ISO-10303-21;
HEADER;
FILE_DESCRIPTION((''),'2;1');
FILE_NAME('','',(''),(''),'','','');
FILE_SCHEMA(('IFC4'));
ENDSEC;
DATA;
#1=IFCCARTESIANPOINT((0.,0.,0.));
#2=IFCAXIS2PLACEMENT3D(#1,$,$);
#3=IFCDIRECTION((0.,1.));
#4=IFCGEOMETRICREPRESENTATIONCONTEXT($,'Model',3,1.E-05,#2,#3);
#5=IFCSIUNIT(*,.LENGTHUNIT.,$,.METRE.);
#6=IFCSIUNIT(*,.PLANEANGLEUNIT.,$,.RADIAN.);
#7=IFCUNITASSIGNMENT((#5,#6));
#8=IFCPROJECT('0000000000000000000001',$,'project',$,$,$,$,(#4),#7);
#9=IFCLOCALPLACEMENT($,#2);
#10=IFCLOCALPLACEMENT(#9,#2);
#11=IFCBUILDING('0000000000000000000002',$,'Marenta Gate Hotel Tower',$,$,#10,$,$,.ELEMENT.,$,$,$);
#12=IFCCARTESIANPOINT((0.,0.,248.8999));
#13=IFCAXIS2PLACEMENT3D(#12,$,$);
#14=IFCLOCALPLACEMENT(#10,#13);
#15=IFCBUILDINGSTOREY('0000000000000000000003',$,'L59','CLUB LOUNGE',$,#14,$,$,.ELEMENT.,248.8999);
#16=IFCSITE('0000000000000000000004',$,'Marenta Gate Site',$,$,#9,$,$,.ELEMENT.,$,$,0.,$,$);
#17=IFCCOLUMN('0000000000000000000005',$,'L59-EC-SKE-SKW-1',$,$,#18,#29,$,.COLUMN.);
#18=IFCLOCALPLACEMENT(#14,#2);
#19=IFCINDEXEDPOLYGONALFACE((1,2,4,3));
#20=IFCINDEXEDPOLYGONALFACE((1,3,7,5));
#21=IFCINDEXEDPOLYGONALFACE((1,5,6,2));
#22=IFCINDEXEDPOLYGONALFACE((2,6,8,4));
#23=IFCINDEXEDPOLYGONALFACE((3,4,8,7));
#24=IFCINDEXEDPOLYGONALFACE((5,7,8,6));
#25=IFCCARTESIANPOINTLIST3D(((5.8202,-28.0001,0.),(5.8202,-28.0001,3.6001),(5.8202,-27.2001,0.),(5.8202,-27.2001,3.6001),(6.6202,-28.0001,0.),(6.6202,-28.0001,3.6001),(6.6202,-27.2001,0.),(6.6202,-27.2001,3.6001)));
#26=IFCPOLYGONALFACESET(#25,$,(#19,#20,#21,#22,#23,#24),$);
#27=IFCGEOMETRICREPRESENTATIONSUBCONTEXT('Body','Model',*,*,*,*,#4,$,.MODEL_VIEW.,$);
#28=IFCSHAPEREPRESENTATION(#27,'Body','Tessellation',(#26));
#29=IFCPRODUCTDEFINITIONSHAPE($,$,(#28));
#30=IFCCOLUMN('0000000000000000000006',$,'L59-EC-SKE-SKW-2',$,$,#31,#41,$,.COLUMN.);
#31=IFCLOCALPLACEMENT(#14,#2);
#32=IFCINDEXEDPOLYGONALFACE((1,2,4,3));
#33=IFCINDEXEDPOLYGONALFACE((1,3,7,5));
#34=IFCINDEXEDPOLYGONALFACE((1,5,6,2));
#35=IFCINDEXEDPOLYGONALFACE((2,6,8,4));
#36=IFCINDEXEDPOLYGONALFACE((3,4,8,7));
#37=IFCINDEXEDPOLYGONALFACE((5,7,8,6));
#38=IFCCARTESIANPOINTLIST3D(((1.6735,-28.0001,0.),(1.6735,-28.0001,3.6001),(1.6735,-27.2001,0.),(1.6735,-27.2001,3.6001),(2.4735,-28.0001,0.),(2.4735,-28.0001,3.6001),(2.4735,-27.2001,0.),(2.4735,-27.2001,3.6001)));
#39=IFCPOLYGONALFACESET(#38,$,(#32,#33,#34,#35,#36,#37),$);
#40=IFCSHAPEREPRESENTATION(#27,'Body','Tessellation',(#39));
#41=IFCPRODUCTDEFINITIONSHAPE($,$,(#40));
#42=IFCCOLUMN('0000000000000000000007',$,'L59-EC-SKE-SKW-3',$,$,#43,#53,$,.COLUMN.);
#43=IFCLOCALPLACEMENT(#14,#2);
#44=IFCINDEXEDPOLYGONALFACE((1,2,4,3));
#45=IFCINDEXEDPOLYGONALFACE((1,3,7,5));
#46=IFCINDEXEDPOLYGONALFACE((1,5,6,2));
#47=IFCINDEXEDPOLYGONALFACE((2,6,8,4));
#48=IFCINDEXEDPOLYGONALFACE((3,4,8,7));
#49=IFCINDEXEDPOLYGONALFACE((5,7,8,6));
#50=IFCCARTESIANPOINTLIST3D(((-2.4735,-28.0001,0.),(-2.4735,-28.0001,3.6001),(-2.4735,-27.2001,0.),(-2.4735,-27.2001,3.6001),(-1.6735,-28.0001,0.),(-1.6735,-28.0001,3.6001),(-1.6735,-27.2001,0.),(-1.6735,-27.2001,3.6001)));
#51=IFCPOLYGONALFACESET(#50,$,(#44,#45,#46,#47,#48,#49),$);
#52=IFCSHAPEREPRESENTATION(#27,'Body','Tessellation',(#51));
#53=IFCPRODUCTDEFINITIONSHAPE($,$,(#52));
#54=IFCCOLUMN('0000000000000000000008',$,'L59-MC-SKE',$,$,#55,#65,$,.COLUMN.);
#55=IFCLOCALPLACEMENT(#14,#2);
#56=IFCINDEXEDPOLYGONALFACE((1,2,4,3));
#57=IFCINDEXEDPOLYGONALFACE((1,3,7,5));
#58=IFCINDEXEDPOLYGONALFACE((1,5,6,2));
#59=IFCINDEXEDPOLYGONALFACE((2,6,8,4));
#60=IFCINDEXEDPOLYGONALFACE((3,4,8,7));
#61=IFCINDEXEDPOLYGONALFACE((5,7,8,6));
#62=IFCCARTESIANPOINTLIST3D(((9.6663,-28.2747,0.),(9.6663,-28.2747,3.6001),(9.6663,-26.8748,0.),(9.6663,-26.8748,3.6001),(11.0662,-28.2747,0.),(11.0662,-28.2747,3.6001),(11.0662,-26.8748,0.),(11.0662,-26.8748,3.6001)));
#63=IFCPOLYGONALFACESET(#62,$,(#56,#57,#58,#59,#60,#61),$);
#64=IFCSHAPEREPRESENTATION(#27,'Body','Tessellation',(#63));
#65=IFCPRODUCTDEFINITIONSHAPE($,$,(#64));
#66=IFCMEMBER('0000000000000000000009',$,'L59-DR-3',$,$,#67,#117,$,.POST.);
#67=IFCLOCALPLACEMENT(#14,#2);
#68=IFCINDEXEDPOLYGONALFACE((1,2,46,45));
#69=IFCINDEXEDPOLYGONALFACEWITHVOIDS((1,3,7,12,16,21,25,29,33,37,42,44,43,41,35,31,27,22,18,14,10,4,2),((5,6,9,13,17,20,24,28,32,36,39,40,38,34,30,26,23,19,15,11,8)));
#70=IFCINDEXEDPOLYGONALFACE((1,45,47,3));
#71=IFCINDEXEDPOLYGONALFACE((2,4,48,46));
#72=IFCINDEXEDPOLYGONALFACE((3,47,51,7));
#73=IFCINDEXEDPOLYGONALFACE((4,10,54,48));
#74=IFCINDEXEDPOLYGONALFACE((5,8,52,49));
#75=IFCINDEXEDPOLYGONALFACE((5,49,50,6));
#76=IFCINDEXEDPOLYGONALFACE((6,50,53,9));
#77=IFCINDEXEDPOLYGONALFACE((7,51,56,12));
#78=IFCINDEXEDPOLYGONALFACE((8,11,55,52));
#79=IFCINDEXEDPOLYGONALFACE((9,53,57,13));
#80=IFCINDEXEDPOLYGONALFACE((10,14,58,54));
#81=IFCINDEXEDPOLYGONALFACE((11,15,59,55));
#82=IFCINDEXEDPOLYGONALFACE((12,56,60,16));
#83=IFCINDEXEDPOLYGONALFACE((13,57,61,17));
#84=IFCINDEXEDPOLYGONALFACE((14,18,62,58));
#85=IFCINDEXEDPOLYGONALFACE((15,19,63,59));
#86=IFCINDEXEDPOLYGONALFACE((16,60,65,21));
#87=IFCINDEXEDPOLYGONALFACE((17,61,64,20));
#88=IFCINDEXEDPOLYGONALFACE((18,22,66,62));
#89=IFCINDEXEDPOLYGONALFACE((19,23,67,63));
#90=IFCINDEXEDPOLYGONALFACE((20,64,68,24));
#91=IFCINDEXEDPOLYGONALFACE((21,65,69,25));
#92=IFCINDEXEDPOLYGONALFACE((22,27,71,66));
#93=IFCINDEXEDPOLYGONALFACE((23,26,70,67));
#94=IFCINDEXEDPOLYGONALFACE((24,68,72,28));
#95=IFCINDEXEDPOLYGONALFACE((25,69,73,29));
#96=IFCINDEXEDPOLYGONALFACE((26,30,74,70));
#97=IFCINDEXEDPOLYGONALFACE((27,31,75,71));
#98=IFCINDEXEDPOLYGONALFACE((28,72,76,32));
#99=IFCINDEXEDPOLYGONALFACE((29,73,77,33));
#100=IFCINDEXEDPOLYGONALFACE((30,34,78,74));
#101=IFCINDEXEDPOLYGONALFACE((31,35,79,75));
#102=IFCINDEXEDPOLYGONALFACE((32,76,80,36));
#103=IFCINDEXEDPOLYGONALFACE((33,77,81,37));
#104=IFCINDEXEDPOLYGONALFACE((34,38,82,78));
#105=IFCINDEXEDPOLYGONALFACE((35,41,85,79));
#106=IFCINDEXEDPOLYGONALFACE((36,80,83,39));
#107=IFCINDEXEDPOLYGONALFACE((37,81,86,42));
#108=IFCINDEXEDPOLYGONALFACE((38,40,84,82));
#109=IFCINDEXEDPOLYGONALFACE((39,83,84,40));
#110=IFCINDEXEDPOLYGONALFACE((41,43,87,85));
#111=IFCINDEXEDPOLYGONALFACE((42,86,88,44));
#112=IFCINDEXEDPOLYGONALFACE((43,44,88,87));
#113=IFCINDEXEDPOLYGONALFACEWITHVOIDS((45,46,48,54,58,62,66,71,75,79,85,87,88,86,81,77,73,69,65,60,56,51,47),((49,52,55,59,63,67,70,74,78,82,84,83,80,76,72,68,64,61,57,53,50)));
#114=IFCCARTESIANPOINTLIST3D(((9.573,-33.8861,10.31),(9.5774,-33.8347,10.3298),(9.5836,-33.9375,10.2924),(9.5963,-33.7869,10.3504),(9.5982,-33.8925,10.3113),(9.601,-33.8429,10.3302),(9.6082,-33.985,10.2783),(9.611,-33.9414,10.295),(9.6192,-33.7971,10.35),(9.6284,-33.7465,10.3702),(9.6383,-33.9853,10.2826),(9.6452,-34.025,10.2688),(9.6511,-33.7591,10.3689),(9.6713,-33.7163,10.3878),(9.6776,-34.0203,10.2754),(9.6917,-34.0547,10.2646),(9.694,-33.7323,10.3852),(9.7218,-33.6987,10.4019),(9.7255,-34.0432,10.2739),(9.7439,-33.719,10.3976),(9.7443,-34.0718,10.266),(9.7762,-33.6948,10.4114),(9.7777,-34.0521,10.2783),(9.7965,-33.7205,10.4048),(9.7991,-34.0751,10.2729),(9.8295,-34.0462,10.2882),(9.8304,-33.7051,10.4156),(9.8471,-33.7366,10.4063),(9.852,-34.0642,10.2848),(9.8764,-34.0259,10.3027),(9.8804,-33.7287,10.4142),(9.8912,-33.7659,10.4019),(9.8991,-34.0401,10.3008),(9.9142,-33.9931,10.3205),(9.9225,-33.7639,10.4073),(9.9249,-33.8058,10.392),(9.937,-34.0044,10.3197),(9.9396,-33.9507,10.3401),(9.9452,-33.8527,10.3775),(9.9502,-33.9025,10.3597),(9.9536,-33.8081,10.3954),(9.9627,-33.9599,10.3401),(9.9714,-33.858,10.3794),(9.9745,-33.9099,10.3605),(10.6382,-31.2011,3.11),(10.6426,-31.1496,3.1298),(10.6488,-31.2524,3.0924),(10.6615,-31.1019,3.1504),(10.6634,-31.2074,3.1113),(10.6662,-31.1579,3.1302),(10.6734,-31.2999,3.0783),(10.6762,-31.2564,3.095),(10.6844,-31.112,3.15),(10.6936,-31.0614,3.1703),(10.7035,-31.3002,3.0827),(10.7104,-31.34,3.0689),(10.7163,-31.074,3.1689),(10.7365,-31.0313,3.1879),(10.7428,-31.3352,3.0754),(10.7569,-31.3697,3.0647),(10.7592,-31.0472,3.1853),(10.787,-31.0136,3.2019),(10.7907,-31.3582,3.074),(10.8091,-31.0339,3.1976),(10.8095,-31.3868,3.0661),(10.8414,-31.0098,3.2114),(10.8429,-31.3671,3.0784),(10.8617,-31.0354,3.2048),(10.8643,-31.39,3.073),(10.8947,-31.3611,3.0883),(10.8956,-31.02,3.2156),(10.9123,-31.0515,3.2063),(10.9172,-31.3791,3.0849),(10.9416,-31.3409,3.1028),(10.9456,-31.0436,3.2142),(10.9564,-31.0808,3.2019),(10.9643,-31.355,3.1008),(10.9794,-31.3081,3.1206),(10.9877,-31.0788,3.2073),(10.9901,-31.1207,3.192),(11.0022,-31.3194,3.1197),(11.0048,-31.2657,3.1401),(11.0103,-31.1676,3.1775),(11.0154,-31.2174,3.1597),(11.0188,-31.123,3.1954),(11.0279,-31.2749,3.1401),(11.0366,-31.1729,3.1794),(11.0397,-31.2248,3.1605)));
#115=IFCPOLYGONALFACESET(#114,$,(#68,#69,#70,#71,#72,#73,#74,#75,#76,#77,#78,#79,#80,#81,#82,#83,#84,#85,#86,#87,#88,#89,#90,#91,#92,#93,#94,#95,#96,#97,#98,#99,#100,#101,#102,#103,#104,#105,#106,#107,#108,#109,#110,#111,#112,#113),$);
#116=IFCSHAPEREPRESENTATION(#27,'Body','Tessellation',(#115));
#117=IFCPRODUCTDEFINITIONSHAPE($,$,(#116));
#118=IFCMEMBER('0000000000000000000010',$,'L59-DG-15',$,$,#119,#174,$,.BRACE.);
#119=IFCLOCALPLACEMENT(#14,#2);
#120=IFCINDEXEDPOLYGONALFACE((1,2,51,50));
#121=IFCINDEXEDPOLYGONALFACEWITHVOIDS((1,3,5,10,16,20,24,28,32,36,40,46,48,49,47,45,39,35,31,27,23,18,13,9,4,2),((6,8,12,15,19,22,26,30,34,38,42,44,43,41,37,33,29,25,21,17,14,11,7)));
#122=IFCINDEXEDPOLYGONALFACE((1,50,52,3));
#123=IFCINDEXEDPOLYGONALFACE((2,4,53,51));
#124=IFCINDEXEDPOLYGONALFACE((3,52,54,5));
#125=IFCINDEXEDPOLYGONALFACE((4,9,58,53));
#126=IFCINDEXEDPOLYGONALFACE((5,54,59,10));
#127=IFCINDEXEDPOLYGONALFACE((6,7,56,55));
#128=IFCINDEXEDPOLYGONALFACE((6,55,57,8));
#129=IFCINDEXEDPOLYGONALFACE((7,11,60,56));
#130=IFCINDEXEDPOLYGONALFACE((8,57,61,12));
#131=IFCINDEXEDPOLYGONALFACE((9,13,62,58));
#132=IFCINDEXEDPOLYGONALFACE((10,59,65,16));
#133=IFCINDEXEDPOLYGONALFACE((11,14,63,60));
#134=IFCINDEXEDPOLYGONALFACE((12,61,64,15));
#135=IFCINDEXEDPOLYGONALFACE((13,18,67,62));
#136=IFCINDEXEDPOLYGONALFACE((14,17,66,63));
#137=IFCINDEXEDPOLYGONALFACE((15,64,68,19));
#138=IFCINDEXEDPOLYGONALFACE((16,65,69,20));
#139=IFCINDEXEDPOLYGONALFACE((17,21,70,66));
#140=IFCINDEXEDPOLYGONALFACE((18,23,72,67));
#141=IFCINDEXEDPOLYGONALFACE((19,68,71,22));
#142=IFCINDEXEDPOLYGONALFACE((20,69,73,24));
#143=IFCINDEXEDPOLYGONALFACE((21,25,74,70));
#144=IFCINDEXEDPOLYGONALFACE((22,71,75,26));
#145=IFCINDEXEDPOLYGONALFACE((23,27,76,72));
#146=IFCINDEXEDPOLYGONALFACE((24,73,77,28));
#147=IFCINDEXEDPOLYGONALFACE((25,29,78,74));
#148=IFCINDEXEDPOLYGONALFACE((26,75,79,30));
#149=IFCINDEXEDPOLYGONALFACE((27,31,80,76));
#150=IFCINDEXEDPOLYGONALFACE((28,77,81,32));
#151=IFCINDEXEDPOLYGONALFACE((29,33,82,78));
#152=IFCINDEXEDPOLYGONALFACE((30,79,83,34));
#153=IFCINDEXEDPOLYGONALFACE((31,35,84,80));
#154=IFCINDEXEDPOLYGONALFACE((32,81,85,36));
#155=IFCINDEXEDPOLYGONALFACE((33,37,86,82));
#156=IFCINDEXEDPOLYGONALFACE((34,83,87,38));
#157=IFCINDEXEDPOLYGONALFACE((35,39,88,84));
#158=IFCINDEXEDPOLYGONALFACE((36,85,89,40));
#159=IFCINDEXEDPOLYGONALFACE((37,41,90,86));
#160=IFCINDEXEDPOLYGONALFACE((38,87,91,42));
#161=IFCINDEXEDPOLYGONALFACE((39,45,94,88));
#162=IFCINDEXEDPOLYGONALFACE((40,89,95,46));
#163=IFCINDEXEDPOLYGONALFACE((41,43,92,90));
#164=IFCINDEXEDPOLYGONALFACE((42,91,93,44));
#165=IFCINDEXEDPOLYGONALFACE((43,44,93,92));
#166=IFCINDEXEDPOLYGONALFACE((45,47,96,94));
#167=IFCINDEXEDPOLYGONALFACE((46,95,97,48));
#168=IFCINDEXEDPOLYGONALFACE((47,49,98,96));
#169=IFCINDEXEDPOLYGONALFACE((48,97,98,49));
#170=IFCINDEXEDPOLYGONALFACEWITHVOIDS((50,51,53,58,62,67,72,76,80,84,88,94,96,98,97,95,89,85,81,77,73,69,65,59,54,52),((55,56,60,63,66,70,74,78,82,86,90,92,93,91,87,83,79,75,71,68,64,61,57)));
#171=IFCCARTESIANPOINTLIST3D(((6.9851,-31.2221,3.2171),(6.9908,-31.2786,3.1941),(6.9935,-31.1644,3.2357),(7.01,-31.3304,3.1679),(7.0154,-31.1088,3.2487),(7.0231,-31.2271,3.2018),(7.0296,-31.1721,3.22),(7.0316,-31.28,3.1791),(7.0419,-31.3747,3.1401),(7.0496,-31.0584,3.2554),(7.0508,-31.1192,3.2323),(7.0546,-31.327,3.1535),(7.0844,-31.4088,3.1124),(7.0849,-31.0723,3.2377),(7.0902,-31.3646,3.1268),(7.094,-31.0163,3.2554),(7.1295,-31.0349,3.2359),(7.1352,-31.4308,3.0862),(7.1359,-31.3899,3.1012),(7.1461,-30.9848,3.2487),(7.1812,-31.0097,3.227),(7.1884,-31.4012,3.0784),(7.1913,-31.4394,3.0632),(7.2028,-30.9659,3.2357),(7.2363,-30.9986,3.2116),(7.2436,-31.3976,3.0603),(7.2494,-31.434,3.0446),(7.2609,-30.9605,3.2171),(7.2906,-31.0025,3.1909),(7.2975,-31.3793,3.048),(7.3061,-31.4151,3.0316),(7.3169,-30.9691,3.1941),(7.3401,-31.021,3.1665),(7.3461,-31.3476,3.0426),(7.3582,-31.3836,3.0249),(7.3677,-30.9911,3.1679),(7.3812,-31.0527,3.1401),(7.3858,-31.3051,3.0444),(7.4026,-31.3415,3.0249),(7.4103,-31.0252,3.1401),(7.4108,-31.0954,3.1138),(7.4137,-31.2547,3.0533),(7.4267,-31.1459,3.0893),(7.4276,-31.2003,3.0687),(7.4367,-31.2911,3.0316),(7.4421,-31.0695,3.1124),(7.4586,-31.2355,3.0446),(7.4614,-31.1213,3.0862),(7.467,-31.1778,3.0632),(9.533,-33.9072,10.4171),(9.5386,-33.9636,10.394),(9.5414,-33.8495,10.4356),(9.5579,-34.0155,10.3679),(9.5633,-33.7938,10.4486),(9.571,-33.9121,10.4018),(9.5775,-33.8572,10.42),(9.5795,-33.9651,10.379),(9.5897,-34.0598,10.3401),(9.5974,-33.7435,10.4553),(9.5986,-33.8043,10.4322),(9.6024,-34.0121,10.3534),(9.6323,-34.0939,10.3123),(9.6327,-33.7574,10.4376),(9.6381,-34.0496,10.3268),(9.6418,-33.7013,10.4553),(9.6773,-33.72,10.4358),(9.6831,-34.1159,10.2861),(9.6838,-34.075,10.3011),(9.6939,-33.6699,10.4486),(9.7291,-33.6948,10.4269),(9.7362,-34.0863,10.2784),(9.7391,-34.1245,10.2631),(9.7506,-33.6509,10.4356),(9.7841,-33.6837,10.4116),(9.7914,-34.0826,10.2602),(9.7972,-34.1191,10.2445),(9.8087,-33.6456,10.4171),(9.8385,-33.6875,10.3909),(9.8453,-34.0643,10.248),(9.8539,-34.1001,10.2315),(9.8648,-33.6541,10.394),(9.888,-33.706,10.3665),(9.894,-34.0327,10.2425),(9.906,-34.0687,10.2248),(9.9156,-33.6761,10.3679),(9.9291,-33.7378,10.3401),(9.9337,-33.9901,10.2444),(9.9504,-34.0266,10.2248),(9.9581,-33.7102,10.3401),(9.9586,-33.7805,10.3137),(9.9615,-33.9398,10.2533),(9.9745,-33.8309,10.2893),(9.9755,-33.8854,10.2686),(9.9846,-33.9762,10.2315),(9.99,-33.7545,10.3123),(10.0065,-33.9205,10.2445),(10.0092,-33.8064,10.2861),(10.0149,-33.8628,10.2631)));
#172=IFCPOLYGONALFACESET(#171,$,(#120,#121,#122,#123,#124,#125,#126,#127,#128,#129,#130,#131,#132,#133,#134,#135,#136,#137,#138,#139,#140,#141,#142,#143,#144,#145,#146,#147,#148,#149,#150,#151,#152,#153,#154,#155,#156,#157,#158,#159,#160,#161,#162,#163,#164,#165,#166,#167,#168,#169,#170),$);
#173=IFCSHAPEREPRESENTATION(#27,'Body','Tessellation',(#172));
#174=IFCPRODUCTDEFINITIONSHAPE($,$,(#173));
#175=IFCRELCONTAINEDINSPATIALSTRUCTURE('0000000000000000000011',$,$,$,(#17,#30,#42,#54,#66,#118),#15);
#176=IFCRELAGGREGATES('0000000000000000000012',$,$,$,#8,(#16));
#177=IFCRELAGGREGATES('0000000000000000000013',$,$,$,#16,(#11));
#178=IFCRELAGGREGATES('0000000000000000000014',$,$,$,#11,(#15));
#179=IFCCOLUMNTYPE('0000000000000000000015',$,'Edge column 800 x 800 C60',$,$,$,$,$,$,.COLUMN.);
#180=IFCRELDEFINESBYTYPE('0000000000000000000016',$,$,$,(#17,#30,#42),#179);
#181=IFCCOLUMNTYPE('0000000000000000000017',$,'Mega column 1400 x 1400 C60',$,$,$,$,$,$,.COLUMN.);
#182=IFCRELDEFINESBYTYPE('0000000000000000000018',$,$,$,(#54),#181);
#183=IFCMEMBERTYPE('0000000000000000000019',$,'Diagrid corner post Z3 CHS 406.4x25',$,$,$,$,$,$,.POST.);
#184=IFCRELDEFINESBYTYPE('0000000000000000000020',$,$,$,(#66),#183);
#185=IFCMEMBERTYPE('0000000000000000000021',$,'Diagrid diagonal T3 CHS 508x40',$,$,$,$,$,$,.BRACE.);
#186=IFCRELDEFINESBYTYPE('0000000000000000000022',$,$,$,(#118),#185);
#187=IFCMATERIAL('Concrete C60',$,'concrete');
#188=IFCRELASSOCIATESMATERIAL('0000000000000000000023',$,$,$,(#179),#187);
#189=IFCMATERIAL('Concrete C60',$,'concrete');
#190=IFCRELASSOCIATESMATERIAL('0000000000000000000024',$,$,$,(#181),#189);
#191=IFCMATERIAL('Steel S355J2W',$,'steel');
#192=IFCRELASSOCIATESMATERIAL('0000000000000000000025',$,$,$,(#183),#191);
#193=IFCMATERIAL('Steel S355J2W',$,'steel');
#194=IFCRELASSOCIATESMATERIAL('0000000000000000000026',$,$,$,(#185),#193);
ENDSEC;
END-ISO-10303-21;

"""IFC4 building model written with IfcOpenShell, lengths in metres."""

from ifc_helpers import new_model, si_unit, direction, frame, origin, origin_2d, place, context, subcontext, project, spatial, rectangle, hollow_circle, extrude, material, material_profile, profile_set, type_object, element, save


model = new_model("IFC4")

# Units and contexts
model_context = context("Model", 3, precision=1e-05, world=origin(), true_north=direction((0.0, 1.0)))
body_context = subcontext(model_context, "Body", "Model", "MODEL_VIEW")
ifc_project = project(units=[si_unit("LENGTHUNIT", "METRE"), si_unit("PLANEANGLEUNIT", "RADIAN")], contexts=[model_context])

# Site, building, storey
site_placement = place(None, origin())
site = spatial("IfcSite", under=ifc_project, at=site_placement, Name="Marenta Gate Site", CompositionType="ELEMENT", RefElevation=0.0)
building_placement = place(site_placement, origin())
building = spatial("IfcBuilding", under=site, at=building_placement, Name="Marenta Gate Hotel Tower", CompositionType="ELEMENT")
storey_placement = place(building_placement, frame((0.0, 0.0, 248.8999)))
storey = spatial("IfcBuildingStorey", under=building, at=storey_placement, Name="L59", Description="CLUB LOUNGE", CompositionType="ELEMENT", Elevation=248.8999)

# Columns
ifc_material_1 = material(Name="Concrete C60", Category="concrete")
ifc_material_profile_1 = material_profile(ifc_material_1, rectangle(XDim=0.8, YDim=0.8, at=origin_2d()), Name="800 x 800")
ifc_profile_set_1 = profile_set([ifc_material_profile_1], Name="Concrete C60")
column_type_1 = type_object("IfcColumnType", Name="Edge column 800 x 800 C60", PredefinedType="COLUMN", material=ifc_profile_set_1)
for number, where, z_axis, x_axis, name in (
    (1, (6.2202, -27.6001, 0.0), (0.0, 0.0, 1.0), (1.0, 0.0, 0.0), "L59-EC-SKE-SKW-1"),
    (2, (2.0735, -27.6001, 0.0), (0.0, 0.0, 1.0), (1.0, 0.0, 0.0), "L59-EC-SKE-SKW-2"),
    (3, (-2.0735, -27.6001, 0.0), (0.0, 0.0, 1.0), (1.0, 0.0, 0.0), "L59-EC-SKE-SKW-3"),
):
    element("IfcColumn", number, at=place(storey_placement, frame(where, z_axis=z_axis, x_axis=x_axis)), inside=storey, type_object=column_type_1, Name=name, PredefinedType="COLUMN", context=body_context, shape_type="SweptSolid", body=[
        extrude(rectangle(XDim=0.8, YDim=0.8, at=origin_2d()), origin(), (0.0, 0.0, 1.0), 3.6001),
    ])
ifc_material_2 = material(Name="Concrete C60", Category="concrete")
ifc_material_profile_2 = material_profile(ifc_material_2, rectangle(XDim=1.3999, YDim=1.3999, at=origin_2d()), Name="1400 x 1400")
ifc_profile_set_2 = profile_set([ifc_material_profile_2], Name="Concrete C60")
column_type_2 = type_object("IfcColumnType", Name="Mega column 1400 x 1400 C60", PredefinedType="COLUMN", material=ifc_profile_set_2)
column_placement = place(storey_placement, frame((10.3662, -27.5747, 0.0), z_axis=(0.0, 0.0, 1.0), x_axis=(1.0, 0.0, 0.0)))
element("IfcColumn", 4, at=column_placement, inside=storey, type_object=column_type_2, Name="L59-MC-SKE", PredefinedType="COLUMN", context=body_context, shape_type="SweptSolid", body=[
    extrude(rectangle(XDim=1.3999, YDim=1.3999, at=origin_2d()), origin(), (0.0, 0.0, 1.0), 3.6001),
])

# Members
ifc_material_3 = material(Name="Steel S355J2W", Category="steel")
ifc_material_profile_3 = material_profile(ifc_material_3, hollow_circle(Radius=0.2031, WallThickness=0.0249, at=origin_2d()), Name="CHS 406.4x25")
ifc_profile_set_3 = profile_set([ifc_material_profile_3], Name="Steel S355J2W")
member_type_1 = type_object("IfcMemberType", Name="Diagrid corner post Z3 CHS 406.4x25", PredefinedType="POST", material=ifc_profile_set_3)
member_1_placement = place(storey_placement, frame((10.8391, -31.2, 3.1401), z_axis=(-0.137305, -0.346111, 0.928092), x_axis=(0.929528, -0.368752, 0.0)))
element("IfcMember", 5, at=member_1_placement, inside=storey, type_object=member_type_1, Name="L59-DR-3", PredefinedType="POST", context=body_context, shape_type="SweptSolid", body=[
    extrude(hollow_circle(Radius=0.2031, WallThickness=0.0249, at=origin_2d()), origin(), (0.0, 0.0, 1.0), 7.7578),
])
ifc_material_4 = material(Name="Steel S355J2W", Category="steel")
ifc_material_profile_4 = material_profile(ifc_material_4, hollow_circle(Radius=0.2539, WallThickness=0.04, at=origin_2d()), Name="CHS 508x40")
ifc_profile_set_4 = profile_set([ifc_material_profile_4], Name="Steel S355J2W")
member_type_2 = type_object("IfcMemberType", Name="Diagrid diagonal T3 CHS 508x40", PredefinedType="BRACE", material=ifc_profile_set_4)
member_2_placement = place(storey_placement, frame((7.2261, -31.2, 3.1401), z_axis=(0.314717, -0.331665, 0.889355), x_axis=(0.725398, 0.68833, 0.0)))
element("IfcMember", 6, at=member_2_placement, inside=storey, type_object=member_type_2, Name="L59-DG-15", PredefinedType="BRACE", context=body_context, shape_type="SweptSolid", body=[
    extrude(hollow_circle(Radius=0.2539, WallThickness=0.04, at=origin_2d()), origin(), (0.0, 0.0, 1.0), 8.0957),
])

save(model, "model.ifc")
